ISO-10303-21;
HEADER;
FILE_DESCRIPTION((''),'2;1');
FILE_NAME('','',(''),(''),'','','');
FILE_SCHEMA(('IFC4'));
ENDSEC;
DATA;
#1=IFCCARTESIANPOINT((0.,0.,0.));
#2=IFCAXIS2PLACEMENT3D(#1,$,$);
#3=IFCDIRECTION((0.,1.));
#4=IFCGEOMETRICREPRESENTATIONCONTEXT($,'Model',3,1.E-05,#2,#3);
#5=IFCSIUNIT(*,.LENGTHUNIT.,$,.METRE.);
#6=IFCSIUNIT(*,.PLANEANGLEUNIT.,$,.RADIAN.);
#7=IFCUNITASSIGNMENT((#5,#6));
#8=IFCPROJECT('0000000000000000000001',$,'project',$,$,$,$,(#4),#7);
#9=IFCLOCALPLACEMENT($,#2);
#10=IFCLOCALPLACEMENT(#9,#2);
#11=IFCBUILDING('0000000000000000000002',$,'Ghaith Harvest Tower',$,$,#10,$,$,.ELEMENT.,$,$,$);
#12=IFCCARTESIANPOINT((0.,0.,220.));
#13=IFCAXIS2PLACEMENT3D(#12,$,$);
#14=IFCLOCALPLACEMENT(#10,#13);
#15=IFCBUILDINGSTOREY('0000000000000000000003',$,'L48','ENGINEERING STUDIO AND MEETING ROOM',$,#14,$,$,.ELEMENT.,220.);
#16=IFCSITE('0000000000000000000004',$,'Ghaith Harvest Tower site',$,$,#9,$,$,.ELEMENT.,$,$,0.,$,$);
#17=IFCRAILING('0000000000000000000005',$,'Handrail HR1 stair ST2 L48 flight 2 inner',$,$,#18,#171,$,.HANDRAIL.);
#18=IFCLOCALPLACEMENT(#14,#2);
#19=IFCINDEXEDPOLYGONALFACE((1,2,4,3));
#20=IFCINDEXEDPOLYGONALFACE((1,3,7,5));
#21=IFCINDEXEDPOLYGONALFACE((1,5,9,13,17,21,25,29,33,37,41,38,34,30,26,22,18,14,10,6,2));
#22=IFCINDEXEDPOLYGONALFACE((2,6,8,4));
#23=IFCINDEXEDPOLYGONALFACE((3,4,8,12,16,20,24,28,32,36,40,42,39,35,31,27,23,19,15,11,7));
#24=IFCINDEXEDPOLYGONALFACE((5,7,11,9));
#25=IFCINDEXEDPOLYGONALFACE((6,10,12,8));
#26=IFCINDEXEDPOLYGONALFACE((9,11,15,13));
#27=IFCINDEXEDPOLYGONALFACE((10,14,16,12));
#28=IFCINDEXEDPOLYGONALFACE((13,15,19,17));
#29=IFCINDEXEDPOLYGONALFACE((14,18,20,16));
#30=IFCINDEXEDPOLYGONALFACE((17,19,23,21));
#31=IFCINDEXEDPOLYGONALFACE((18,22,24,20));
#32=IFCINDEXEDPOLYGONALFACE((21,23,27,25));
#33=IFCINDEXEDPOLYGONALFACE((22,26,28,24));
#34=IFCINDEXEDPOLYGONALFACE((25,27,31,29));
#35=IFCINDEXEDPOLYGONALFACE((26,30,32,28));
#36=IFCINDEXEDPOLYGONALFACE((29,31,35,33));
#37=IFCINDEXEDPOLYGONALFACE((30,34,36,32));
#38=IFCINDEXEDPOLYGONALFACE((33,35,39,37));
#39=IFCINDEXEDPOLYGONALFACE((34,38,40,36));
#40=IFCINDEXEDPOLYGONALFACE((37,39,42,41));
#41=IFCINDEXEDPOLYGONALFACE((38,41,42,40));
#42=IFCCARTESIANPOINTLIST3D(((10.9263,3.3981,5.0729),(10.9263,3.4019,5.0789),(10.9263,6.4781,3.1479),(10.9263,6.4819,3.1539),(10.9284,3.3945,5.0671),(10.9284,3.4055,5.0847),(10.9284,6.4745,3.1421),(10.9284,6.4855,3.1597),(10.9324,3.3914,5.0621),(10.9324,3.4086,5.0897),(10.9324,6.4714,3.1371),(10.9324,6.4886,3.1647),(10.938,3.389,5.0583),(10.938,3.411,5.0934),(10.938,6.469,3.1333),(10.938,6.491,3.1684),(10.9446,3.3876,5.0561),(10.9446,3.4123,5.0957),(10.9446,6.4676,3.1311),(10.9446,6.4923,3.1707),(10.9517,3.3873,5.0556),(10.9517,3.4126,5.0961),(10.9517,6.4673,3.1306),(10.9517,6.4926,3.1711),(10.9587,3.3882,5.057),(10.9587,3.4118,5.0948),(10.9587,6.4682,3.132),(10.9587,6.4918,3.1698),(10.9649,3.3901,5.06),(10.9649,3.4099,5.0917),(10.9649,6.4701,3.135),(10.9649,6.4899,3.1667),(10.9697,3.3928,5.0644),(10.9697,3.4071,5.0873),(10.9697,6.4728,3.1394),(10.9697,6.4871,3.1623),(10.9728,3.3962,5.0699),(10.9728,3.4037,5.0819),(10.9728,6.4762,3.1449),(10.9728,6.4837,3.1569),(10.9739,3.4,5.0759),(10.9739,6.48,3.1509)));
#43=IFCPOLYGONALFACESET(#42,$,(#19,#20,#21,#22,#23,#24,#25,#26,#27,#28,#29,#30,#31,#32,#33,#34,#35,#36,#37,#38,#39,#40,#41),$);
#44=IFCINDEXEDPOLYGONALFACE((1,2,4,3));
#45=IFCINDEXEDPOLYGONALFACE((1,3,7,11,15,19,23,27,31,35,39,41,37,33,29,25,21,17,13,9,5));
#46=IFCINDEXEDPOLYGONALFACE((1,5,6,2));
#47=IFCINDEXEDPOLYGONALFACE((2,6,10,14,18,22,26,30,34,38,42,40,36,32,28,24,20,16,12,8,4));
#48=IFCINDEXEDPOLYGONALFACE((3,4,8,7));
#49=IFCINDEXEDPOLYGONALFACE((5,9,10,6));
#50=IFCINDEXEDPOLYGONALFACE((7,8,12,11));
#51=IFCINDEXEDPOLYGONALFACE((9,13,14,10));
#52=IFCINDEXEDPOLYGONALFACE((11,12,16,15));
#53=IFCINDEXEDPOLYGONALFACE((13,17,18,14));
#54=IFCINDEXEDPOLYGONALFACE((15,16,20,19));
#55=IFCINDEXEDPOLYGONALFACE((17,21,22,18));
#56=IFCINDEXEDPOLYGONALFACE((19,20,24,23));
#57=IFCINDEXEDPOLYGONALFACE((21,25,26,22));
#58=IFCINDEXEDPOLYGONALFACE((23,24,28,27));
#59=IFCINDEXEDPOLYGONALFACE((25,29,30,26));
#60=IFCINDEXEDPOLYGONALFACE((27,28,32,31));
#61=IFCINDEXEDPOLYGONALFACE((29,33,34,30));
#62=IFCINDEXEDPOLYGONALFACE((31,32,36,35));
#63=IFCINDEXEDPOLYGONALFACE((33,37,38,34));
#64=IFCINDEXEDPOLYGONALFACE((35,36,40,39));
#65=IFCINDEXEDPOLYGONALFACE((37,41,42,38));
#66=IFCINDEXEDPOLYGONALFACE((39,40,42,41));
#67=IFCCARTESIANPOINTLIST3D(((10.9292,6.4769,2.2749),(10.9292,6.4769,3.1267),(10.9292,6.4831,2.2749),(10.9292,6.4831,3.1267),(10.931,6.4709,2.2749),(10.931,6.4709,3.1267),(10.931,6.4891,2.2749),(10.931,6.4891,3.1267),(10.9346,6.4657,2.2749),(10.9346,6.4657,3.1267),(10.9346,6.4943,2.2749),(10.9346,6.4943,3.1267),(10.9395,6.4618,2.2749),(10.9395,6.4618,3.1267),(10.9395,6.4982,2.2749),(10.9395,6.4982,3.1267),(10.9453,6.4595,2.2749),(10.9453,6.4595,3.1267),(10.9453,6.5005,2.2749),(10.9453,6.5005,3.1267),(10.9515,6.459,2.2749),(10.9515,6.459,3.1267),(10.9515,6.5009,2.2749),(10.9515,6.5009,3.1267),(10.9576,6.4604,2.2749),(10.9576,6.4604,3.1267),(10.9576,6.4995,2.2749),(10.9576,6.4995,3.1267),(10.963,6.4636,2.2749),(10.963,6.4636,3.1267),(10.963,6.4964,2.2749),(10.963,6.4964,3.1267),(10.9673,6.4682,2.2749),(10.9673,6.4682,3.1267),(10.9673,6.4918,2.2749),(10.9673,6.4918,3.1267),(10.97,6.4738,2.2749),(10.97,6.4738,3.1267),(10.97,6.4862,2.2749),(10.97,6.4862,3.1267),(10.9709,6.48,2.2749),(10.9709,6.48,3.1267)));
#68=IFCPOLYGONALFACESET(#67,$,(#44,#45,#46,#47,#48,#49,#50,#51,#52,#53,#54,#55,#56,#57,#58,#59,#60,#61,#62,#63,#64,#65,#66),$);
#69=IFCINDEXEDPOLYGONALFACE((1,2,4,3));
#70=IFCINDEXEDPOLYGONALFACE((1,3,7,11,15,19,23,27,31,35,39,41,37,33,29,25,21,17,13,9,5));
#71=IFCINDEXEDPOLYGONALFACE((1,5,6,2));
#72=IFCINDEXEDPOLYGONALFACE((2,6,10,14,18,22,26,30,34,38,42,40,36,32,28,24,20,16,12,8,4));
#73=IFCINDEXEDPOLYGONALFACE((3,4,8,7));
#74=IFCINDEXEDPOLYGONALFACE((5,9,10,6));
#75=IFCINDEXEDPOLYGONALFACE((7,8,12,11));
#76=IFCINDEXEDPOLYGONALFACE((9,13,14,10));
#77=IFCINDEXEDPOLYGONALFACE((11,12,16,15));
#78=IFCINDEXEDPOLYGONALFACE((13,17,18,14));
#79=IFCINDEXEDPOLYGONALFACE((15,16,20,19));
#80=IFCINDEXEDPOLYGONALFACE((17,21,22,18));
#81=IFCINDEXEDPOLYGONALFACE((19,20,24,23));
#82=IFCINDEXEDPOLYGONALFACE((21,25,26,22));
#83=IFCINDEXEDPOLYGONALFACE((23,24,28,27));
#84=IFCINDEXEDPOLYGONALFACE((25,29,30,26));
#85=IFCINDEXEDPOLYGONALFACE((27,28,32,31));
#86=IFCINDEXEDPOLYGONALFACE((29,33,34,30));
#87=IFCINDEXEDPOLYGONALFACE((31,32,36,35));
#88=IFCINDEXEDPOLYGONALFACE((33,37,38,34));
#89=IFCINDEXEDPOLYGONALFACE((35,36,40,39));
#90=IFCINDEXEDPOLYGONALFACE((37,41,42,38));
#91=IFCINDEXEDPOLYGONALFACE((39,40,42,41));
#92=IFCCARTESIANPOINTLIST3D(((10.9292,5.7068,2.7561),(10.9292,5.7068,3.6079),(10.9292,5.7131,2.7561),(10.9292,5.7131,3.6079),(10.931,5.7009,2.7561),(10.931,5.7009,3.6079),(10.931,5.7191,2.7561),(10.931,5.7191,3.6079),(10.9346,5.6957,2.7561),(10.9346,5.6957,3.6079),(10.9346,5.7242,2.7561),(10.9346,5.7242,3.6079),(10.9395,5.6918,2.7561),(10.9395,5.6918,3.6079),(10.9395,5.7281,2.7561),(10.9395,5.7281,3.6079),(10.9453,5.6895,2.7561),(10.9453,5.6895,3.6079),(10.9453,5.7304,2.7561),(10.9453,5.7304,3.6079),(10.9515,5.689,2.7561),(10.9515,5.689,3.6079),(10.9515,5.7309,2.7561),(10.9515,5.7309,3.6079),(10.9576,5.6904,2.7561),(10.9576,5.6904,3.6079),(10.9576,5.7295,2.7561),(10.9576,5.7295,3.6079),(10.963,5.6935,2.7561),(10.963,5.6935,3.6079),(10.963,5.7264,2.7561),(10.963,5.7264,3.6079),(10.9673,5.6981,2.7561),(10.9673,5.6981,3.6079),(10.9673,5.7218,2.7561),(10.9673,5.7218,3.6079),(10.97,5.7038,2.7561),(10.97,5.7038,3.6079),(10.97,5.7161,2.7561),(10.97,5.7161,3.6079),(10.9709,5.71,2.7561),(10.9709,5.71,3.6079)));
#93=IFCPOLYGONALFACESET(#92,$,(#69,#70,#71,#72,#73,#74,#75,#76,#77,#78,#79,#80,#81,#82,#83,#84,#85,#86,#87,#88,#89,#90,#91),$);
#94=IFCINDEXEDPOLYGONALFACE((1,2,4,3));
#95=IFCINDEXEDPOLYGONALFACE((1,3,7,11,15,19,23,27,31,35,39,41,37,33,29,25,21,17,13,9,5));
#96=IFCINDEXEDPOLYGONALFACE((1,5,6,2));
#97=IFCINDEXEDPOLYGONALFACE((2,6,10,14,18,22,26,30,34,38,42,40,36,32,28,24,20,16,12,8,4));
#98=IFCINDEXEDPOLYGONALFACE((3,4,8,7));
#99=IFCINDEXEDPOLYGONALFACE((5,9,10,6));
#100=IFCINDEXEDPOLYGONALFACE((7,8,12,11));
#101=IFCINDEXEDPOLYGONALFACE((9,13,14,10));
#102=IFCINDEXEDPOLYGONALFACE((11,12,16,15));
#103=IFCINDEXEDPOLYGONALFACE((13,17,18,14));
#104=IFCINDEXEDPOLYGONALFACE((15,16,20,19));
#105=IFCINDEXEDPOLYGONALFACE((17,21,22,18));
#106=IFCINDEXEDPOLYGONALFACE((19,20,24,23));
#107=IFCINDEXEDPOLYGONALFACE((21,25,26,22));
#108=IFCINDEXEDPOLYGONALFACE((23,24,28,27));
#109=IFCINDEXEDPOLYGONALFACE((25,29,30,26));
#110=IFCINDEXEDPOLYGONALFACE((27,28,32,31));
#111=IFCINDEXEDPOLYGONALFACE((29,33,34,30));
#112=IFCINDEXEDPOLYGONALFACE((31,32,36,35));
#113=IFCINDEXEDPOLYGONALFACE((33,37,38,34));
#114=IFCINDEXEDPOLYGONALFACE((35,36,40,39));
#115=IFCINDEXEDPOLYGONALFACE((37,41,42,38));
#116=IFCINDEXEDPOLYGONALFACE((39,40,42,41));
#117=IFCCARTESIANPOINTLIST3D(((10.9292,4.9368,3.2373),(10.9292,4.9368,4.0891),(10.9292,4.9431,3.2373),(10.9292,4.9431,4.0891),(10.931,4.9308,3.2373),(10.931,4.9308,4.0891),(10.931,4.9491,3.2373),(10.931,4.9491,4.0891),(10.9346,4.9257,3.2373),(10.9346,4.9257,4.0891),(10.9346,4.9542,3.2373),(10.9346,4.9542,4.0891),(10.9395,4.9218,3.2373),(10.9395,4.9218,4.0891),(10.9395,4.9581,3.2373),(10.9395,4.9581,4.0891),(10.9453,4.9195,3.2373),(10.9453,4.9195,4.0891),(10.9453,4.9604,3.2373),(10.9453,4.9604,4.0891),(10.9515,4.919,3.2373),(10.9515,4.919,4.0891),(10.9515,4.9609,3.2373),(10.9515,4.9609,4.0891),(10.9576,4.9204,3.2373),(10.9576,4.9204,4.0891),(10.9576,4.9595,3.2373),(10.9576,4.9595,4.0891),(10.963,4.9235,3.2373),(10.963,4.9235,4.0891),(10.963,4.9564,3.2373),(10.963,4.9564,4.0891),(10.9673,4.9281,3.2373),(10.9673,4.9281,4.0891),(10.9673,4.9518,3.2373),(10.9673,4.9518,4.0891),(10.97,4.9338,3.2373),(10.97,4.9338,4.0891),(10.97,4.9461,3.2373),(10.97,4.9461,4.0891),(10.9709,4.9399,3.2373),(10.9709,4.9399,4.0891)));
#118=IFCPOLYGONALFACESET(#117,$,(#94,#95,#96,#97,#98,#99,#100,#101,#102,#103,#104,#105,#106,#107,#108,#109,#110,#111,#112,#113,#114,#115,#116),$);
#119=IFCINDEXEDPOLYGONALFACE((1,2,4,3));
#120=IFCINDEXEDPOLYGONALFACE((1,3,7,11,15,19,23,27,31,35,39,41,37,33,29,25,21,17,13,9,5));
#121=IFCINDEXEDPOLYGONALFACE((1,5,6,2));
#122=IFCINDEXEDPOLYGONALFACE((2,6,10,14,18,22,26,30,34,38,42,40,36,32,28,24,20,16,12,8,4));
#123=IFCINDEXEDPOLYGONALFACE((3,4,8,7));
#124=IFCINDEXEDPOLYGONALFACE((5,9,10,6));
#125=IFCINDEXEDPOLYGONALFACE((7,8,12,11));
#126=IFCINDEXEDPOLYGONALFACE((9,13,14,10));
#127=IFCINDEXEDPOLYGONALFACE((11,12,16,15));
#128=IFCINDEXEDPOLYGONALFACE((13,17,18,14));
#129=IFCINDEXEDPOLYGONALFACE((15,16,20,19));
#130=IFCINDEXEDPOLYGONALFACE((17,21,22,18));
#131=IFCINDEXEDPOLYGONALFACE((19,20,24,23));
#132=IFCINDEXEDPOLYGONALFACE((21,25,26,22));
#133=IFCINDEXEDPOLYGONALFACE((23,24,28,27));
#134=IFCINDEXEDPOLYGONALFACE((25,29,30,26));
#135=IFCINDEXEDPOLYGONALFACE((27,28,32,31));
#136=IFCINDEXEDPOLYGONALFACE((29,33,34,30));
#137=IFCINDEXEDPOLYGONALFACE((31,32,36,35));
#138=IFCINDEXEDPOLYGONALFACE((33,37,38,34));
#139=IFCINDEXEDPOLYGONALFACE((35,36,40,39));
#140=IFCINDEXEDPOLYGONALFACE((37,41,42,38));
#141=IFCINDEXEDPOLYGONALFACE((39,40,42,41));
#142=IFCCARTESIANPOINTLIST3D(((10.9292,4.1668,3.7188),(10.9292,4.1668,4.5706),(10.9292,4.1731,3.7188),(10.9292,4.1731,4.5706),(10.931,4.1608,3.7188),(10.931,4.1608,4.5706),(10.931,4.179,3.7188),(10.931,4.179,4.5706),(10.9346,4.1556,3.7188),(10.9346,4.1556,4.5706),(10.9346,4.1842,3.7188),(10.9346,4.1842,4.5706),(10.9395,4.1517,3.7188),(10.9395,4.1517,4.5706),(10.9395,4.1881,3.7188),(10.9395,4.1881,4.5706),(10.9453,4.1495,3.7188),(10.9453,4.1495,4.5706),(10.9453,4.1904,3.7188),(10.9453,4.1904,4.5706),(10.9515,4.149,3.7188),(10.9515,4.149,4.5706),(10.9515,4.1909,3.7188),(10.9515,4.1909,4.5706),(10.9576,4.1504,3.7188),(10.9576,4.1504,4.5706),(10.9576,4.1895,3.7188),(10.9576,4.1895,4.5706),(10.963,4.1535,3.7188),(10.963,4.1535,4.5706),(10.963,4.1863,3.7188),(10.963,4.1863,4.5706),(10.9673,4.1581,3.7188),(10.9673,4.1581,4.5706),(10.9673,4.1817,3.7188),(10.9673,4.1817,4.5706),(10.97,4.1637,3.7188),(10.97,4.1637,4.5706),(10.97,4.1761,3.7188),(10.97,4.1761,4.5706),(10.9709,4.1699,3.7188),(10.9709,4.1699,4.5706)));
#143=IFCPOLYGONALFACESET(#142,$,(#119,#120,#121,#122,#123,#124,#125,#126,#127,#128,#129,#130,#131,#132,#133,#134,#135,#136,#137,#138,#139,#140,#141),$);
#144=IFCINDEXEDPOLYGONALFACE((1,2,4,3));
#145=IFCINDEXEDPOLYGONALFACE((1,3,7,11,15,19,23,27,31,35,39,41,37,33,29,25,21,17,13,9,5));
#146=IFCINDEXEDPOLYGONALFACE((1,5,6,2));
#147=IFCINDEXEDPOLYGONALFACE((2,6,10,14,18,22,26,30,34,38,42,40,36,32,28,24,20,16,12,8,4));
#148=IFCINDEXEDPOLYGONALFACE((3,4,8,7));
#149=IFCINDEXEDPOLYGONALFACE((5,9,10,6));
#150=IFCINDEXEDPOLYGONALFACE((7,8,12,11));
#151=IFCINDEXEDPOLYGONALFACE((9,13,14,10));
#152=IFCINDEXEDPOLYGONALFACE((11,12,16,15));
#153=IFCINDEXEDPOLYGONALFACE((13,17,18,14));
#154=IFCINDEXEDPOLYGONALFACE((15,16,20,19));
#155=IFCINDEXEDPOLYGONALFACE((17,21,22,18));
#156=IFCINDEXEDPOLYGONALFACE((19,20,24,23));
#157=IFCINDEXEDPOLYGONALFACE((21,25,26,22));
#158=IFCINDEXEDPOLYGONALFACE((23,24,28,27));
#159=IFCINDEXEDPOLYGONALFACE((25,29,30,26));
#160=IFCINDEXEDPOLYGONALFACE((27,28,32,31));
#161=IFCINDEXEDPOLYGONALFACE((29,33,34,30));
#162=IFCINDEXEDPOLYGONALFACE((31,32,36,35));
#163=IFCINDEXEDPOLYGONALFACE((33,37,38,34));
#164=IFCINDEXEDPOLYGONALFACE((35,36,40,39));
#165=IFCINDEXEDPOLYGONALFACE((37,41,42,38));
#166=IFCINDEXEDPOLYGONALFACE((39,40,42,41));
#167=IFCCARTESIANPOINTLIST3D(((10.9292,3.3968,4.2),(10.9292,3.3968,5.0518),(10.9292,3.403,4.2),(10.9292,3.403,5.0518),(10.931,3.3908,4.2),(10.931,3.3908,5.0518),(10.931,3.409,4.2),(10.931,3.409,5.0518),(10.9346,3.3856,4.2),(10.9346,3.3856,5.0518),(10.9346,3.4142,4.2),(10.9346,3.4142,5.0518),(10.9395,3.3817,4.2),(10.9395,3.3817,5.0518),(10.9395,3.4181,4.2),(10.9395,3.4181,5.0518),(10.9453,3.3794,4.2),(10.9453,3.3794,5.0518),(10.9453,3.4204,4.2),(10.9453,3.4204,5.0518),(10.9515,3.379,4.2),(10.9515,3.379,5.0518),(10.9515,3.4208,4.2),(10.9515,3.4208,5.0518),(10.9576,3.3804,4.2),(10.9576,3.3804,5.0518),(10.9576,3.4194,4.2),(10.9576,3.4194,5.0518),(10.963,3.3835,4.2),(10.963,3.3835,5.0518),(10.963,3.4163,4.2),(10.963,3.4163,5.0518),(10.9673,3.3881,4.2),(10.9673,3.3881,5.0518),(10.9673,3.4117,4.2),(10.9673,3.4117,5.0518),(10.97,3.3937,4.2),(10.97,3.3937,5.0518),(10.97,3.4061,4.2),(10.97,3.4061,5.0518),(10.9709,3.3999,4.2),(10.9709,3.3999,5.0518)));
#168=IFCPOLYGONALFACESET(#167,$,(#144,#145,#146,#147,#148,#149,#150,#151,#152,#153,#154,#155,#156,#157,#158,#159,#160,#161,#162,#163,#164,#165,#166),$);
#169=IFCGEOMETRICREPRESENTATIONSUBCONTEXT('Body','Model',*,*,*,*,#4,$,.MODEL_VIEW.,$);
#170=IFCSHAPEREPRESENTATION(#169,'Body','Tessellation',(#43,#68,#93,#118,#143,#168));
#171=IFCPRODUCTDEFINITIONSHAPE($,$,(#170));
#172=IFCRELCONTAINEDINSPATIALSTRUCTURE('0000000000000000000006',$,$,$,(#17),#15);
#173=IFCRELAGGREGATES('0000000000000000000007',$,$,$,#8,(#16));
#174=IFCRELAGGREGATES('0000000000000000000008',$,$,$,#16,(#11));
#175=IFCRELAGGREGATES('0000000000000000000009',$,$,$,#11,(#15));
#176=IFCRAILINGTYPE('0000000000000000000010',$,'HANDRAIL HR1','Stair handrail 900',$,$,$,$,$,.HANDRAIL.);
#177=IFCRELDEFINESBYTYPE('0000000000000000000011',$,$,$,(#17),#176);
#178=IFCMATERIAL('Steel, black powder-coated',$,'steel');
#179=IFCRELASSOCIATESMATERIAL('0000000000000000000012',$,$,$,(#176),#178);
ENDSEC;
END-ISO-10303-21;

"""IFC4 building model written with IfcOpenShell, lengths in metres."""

from ifc_helpers import new_model, si_unit, direction, frame, origin, origin_2d, place, context, subcontext, project, spatial, circle, extrude, material, type_object, element, save


model = new_model("IFC4")

# Units and contexts
model_context = context("Model", 3, precision=1e-05, world=origin(), true_north=direction((0.0, 1.0)))
body_context = subcontext(model_context, "Body", "Model", "MODEL_VIEW")
ifc_project = project(units=[si_unit("LENGTHUNIT", "METRE"), si_unit("PLANEANGLEUNIT", "RADIAN")], contexts=[model_context])

# Site, building, storey
site_placement = place(None, origin())
site = spatial("IfcSite", under=ifc_project, at=site_placement, Name="Ghaith Harvest Tower site", CompositionType="ELEMENT", RefElevation=0.0)
building_placement = place(site_placement, origin())
building = spatial("IfcBuilding", under=site, at=building_placement, Name="Ghaith Harvest Tower", CompositionType="ELEMENT")
storey_placement = place(building_placement, frame((0.0, 0.0, 220.0)))
storey = spatial("IfcBuildingStorey", under=building, at=storey_placement, Name="L48", Description="ENGINEERING STUDIO AND MEETING ROOM", CompositionType="ELEMENT", Elevation=220.0)

# Railing
ifc_material_1 = material(Name="Steel, black powder-coated", Category="steel")
railing_type = type_object("IfcRailingType", Name="HANDRAIL HR1", Description="Stair handrail 900", PredefinedType="HANDRAIL", material=ifc_material_1)
railing_1_placement = place(storey_placement, frame((10.95, 6.48, 2.2749)))
element("IfcRailing", 1, at=railing_1_placement, inside=storey, type_object=railing_type, Name="Handrail HR1 stair ST2 L48 flight 2 inner", PredefinedType="HANDRAIL", context=body_context, shape_type="SweptSolid", body=[
    extrude(circle(Radius=0.0239, at=origin_2d()), frame((0.0, 0.0, 0.876), z_axis=(0.0, -0.847998, 0.529999), x_axis=(1.0, 0.0, 0.0)), (0.0, 0.0, 1.0), 3.6321),
    extrude(circle(Radius=0.021, at=origin_2d()), origin(), (0.0, 0.0, 1.0), 0.8518),
    extrude(circle(Radius=0.021, at=origin_2d()), frame((0.0, -0.77, 0.4812)), (0.0, 0.0, 1.0), 0.8518),
    extrude(circle(Radius=0.021, at=origin_2d()), frame((0.0, -1.54, 0.9624)), (0.0, 0.0, 1.0), 0.8518),
    extrude(circle(Radius=0.021, at=origin_2d()), frame((0.0, -2.3101, 1.4438)), (0.0, 0.0, 1.0), 0.8518),
    extrude(circle(Radius=0.021, at=origin_2d()), frame((0.0, -3.0801, 1.925)), (0.0, 0.0, 1.0), 0.8518),
])

save(model, "model.ifc")
